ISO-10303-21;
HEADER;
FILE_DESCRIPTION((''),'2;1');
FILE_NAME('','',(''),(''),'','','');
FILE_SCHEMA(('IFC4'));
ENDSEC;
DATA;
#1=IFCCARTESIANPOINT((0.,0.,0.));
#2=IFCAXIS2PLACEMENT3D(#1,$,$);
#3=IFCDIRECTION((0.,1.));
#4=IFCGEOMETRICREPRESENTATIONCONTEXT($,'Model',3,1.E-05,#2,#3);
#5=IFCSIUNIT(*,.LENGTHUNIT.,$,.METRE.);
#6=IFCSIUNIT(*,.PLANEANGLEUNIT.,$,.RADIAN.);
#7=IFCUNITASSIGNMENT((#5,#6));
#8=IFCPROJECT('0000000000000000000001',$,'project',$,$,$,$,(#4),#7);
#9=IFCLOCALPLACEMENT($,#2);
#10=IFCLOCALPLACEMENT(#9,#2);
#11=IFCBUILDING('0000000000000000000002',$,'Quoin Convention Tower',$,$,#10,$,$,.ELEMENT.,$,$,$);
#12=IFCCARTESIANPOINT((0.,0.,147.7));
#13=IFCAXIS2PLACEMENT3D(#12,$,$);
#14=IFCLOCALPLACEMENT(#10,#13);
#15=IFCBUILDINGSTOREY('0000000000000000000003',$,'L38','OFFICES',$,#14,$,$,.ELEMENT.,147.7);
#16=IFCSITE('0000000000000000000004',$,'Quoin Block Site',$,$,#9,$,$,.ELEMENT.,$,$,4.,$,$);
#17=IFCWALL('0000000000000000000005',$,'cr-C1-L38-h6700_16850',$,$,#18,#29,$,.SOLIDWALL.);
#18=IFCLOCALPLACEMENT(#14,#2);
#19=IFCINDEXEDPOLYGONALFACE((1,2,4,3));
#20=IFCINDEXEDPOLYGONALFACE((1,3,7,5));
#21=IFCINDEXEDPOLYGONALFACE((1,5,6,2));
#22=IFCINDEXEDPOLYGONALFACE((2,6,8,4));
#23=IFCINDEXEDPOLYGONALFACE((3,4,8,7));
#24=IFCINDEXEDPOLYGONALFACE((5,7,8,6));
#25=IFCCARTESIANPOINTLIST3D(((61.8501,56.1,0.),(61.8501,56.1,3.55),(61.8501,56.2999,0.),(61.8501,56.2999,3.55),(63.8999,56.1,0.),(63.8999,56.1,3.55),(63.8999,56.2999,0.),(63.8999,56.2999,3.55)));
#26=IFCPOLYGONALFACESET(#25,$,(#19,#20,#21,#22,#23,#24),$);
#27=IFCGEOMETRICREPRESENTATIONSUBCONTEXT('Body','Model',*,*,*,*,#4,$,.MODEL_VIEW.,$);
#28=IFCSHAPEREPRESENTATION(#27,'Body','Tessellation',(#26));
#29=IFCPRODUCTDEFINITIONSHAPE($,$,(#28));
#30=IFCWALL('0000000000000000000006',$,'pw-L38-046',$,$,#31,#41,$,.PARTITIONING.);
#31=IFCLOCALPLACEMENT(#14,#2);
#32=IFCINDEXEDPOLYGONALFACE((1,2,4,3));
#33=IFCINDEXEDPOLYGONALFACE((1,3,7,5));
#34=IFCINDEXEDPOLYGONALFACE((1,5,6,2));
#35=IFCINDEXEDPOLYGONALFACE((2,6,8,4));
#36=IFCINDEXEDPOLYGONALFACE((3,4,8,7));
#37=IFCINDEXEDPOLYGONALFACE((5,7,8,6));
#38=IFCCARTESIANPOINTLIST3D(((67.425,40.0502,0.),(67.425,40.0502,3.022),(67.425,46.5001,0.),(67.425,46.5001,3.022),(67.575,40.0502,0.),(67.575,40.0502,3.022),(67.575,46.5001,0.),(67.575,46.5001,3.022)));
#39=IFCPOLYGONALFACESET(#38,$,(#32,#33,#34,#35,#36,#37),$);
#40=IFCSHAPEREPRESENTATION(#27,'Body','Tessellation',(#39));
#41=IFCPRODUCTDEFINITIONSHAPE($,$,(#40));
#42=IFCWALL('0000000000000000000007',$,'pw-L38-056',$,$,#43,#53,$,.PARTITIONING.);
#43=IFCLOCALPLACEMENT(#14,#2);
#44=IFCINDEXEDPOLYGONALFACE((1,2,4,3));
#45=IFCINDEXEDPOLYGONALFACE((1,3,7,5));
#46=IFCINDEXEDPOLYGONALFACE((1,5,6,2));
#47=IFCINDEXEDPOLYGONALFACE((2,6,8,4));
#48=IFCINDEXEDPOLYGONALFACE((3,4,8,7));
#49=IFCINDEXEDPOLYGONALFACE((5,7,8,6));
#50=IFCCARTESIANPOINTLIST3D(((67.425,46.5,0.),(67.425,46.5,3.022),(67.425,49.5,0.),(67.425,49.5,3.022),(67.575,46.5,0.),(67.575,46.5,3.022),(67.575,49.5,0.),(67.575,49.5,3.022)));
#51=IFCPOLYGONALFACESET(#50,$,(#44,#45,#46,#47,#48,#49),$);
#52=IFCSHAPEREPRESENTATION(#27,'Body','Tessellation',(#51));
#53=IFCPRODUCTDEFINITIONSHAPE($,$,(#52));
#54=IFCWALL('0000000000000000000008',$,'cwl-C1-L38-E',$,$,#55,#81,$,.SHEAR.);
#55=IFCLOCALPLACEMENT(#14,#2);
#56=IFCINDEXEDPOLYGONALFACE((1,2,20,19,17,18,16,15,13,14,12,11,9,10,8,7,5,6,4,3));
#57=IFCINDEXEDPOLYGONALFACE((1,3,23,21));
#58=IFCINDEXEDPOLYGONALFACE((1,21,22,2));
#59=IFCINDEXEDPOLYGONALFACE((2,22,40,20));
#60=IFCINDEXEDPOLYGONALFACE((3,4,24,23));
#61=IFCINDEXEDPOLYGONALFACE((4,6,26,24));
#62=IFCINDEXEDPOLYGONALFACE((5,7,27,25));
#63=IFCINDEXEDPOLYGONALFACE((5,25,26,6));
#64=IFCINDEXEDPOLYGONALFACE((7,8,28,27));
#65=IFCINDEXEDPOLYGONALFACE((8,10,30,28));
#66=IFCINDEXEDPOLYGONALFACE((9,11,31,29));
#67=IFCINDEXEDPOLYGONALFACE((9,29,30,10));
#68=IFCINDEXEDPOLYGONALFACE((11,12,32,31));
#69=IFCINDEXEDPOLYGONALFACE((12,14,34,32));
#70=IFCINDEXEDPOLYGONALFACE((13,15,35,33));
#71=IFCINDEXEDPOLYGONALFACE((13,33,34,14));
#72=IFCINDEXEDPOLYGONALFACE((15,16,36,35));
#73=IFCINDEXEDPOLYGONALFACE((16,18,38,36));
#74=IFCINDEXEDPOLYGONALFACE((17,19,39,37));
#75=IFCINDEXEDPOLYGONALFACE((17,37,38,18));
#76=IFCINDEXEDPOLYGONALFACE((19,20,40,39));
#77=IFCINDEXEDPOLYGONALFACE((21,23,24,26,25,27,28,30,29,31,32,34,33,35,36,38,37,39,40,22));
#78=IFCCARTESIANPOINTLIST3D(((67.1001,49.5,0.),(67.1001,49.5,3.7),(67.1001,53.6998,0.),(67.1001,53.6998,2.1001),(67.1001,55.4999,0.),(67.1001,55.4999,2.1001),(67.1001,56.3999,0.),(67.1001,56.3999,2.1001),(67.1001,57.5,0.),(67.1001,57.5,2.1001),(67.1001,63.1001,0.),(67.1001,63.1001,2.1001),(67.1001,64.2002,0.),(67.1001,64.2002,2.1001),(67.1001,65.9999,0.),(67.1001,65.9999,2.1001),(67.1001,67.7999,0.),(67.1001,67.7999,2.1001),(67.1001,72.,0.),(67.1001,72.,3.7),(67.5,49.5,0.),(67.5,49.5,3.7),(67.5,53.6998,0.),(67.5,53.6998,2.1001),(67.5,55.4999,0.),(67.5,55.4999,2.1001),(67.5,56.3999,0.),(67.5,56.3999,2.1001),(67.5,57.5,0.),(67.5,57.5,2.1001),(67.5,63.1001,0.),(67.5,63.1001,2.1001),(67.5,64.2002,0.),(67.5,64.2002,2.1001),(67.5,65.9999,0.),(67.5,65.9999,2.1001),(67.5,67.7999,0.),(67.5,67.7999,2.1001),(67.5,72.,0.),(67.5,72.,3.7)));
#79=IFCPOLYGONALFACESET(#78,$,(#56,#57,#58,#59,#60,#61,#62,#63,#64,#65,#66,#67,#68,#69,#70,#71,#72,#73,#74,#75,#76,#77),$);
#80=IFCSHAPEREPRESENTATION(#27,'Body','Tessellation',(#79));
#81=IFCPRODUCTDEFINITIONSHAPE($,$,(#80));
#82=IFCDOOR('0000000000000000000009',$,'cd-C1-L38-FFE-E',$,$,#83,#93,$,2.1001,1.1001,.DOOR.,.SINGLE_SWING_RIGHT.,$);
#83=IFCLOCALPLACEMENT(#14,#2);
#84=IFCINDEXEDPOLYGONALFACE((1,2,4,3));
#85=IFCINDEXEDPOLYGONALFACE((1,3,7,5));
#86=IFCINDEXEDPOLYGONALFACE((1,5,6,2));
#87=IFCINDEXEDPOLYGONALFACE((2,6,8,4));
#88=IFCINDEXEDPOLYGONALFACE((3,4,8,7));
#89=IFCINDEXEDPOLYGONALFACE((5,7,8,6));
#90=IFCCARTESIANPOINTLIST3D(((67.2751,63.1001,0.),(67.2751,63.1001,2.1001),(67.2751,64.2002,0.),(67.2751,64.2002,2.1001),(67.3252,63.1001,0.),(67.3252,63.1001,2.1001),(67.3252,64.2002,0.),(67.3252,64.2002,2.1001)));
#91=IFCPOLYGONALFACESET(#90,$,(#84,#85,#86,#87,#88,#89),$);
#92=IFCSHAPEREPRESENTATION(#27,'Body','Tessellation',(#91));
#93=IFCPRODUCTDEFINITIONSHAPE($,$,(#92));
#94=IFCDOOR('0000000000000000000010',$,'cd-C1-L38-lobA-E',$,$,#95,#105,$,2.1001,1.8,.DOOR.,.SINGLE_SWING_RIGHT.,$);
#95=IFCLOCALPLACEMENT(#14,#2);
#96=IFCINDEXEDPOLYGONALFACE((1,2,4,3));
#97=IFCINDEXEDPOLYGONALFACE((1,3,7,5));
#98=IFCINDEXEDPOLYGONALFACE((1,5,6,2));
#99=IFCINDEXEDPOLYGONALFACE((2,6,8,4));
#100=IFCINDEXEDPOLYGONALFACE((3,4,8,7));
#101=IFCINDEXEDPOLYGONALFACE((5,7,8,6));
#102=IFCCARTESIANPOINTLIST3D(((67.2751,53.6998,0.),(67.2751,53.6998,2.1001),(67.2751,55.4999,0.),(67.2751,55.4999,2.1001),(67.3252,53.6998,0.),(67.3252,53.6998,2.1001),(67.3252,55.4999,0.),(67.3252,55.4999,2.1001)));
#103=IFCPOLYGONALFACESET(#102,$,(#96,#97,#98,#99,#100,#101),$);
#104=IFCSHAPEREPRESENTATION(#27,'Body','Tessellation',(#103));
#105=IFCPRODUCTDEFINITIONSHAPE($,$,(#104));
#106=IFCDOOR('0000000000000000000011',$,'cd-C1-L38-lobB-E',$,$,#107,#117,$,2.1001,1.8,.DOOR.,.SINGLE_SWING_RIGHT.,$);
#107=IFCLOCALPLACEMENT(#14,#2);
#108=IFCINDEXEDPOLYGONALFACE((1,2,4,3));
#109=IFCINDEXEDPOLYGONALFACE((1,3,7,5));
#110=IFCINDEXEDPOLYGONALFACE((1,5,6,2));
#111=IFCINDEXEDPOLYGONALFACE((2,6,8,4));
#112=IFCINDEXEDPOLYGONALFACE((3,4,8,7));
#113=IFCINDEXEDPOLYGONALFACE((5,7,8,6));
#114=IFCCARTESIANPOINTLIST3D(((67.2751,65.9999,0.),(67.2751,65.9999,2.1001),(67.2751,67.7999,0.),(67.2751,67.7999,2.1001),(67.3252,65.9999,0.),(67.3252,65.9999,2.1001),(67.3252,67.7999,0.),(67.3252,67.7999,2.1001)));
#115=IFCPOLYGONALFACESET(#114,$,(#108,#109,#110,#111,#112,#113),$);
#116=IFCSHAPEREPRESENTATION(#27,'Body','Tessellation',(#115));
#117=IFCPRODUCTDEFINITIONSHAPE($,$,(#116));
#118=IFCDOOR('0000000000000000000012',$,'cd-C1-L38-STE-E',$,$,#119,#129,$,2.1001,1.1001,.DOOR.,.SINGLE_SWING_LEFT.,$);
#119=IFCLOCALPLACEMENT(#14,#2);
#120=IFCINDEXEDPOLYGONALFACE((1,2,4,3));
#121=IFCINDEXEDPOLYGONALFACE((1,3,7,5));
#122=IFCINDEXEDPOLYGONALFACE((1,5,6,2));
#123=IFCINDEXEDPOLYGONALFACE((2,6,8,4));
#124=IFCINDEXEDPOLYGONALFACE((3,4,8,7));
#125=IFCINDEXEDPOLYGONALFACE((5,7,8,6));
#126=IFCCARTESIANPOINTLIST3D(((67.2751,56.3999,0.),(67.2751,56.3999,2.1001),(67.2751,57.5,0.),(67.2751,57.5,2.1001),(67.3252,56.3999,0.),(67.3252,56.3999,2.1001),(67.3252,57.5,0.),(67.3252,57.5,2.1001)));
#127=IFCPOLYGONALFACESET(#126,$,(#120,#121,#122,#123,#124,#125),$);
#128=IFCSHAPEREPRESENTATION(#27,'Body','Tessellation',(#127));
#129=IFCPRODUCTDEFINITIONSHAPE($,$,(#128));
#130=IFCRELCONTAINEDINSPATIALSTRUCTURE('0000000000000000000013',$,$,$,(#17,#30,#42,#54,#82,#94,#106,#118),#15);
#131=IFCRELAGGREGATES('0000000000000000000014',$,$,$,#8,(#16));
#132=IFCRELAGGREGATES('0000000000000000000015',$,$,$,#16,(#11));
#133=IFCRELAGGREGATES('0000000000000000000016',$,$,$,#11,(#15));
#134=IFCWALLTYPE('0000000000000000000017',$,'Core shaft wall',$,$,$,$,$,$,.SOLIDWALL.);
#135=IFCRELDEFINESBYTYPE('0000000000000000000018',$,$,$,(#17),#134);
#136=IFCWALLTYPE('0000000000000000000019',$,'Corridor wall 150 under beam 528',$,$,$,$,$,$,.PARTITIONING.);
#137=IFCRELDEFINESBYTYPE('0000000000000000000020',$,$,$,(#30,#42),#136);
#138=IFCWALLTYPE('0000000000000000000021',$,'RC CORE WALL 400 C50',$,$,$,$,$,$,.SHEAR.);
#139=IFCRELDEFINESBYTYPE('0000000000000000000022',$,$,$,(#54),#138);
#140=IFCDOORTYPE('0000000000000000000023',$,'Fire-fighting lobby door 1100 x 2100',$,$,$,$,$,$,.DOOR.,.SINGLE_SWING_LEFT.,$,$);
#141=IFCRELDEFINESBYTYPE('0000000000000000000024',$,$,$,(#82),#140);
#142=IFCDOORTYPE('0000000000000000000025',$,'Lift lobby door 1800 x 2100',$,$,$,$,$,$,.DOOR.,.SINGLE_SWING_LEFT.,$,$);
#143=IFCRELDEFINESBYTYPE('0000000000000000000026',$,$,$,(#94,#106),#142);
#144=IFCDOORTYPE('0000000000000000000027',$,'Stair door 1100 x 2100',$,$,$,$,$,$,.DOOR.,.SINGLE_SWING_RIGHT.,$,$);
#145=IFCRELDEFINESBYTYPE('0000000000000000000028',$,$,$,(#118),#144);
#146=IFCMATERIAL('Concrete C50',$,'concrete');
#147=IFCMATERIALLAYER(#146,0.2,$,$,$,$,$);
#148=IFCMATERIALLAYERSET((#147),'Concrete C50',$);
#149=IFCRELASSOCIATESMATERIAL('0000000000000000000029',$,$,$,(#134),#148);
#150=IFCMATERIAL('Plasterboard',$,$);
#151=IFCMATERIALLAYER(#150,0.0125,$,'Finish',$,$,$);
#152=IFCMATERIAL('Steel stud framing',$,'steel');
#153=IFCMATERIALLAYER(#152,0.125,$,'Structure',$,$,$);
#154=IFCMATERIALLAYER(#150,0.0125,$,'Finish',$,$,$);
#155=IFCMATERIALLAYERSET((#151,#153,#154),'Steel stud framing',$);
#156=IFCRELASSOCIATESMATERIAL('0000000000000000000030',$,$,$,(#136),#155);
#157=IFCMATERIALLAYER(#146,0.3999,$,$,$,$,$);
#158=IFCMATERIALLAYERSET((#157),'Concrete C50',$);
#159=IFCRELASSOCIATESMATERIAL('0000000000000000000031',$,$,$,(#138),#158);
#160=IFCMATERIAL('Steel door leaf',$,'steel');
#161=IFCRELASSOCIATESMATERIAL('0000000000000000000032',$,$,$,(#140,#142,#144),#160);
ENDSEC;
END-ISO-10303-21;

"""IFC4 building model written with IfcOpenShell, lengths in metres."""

from ifc_helpers import new_model, si_unit, direction, frame, frame_2d, origin, place, context, subcontext, project, spatial, rectangle, extrude, material, layer, layer_set, type_object, element, fill, save


model = new_model("IFC4")

# Units and contexts
model_context = context("Model", 3, precision=1e-05, world=origin(), true_north=direction((0.0, 1.0)))
body_context = subcontext(model_context, "Body", "Model", "MODEL_VIEW")
ifc_project = project(units=[si_unit("LENGTHUNIT", "METRE"), si_unit("PLANEANGLEUNIT", "RADIAN")], contexts=[model_context])

# Site, building, storey
site_placement = place(None, origin())
site = spatial("IfcSite", under=ifc_project, at=site_placement, Name="Quoin Block Site", CompositionType="ELEMENT", RefElevation=4.0)
building_placement = place(site_placement, origin())
building = spatial("IfcBuilding", under=site, at=building_placement, Name="Quoin Convention Tower", CompositionType="ELEMENT")
storey_placement = place(building_placement, frame((0.0, 0.0, 147.7)))
storey = spatial("IfcBuildingStorey", under=building, at=storey_placement, Name="L38", Description="OFFICES", CompositionType="ELEMENT", Elevation=147.7)

# Shared definitions
ifc_material_1 = material(Name="Concrete C50", Category="concrete")

# Shared definitions
ifc_material_2 = material(Name="Plasterboard")
ifc_material_3 = material(Name="Steel stud framing", Category="steel")
ifc_material_4 = material(Name="Steel door leaf", Category="steel")

# Walls
ifc_layer_1 = layer(ifc_material_1, 0.2)
ifc_layer_set_1 = layer_set([ifc_layer_1], Name="Concrete C50")
wall_type_1 = type_object("IfcWallType", Name="Core shaft wall", PredefinedType="SOLIDWALL", material=ifc_layer_set_1)
wall_1_placement = place(storey_placement, frame((61.8501, 56.2, 0.0), z_axis=(0.0, 0.0, 1.0), x_axis=(1.0, 0.0, 0.0)))
element("IfcWall", 1, at=wall_1_placement, inside=storey, type_object=wall_type_1, Name="cr-C1-L38-h6700_16850", PredefinedType="SOLIDWALL", context=body_context, shape_type="SweptSolid", body=[
    extrude(rectangle(XDim=2.0498, YDim=0.2, at=frame_2d((1.0249, 0.0))), origin(), (0.0, 0.0, 1.0), 3.55),
])
ifc_layer_2 = layer(ifc_material_2, 0.0125, Name="Finish")
ifc_layer_3 = layer(ifc_material_3, 0.125, Name="Structure")
ifc_layer_4 = layer(ifc_material_2, 0.0125, Name="Finish")
ifc_layer_set_2 = layer_set([ifc_layer_2, ifc_layer_3, ifc_layer_4], Name="Steel stud framing")
wall_type_2 = type_object("IfcWallType", Name="Corridor wall 150 under beam 528", PredefinedType="PARTITIONING", material=ifc_layer_set_2)
wall_2_placement = place(storey_placement, frame((67.5, 40.05, 0.0), z_axis=(0.0, 0.0, 1.0), x_axis=(0.0, 1.0, 0.0)))
element("IfcWall", 2, at=wall_2_placement, inside=storey, type_object=wall_type_2, Name="pw-L38-046", PredefinedType="PARTITIONING", context=body_context, shape_type="SweptSolid", body=[
    extrude(rectangle(XDim=6.45, YDim=0.1499, at=frame_2d((3.2251, 0.0))), origin(), (0.0, 0.0, 1.0), 3.022),
])
wall_3_placement = place(storey_placement, frame((67.5, 46.5, 0.0), z_axis=(0.0, 0.0, 1.0), x_axis=(0.0, 1.0, 0.0)))
element("IfcWall", 3, at=wall_3_placement, inside=storey, type_object=wall_type_2, Name="pw-L38-056", PredefinedType="PARTITIONING", context=body_context, shape_type="SweptSolid", body=[
    extrude(rectangle(XDim=3.0, YDim=0.1499, at=frame_2d((1.5, 0.0))), origin(), (0.0, 0.0, 1.0), 3.022),
])

# Wall, openings, doors
ifc_layer_5 = layer(ifc_material_1, 0.3999)
ifc_layer_set_3 = layer_set([ifc_layer_5], Name="Concrete C50")
wall_type_3 = type_object("IfcWallType", Name="RC CORE WALL 400 C50", PredefinedType="SHEAR", material=ifc_layer_set_3)
wall_4_placement = place(storey_placement, frame((67.3, 49.5, 0.0), z_axis=(0.0, 0.0, 1.0), x_axis=(0.0, 1.0, 0.0)))
wall_4 = element("IfcWall", 4, at=wall_4_placement, inside=storey, type_object=wall_type_3, Name="cwl-C1-L38-E", PredefinedType="SHEAR", context=body_context, shape_type="SweptSolid", body=[
    extrude(rectangle(XDim=22.5, YDim=0.3999, at=frame_2d((11.25, 0.0))), origin(), (0.0, 0.0, 1.0), 3.7),
])
opening_1_placement = place(wall_4_placement, frame((4.2, 0.0, 0.0)))
opening_1 = element("IfcOpeningElement", 5, at=opening_1_placement, cuts=wall_4, PredefinedType="OPENING", context=body_context, shape_type="SweptSolid", body=[
    extrude(rectangle(XDim=1.8, YDim=2.1001, at=frame_2d((0.8999, 1.05))), frame((0.0, 0.21, 0.0), z_axis=(0.0, -1.0, 0.0), x_axis=(1.0, 0.0, 0.0)), (0.0, 0.0, 1.0), 0.4199),
])
opening_2_placement = place(wall_4_placement, frame((6.8999, 0.0, 0.0)))
opening_2 = element("IfcOpeningElement", 6, at=opening_2_placement, cuts=wall_4, PredefinedType="OPENING", context=body_context, shape_type="SweptSolid", body=[
    extrude(rectangle(XDim=1.1001, YDim=2.1001, at=frame_2d((0.55, 1.05))), frame((0.0, 0.21, 0.0), z_axis=(0.0, -1.0, 0.0), x_axis=(1.0, 0.0, 0.0)), (0.0, 0.0, 1.0), 0.4199),
])
opening_3_placement = place(wall_4_placement, frame((13.6001, 0.0, 0.0)))
opening_3 = element("IfcOpeningElement", 7, at=opening_3_placement, cuts=wall_4, PredefinedType="OPENING", context=body_context, shape_type="SweptSolid", body=[
    extrude(rectangle(XDim=1.1001, YDim=2.1001, at=frame_2d((0.55, 1.05))), frame((0.0, 0.21, 0.0), z_axis=(0.0, -1.0, 0.0), x_axis=(1.0, 0.0, 0.0)), (0.0, 0.0, 1.0), 0.4199),
])
opening_4_placement = place(wall_4_placement, frame((16.5, 0.0, 0.0)))
opening_4 = element("IfcOpeningElement", 8, at=opening_4_placement, cuts=wall_4, PredefinedType="OPENING", context=body_context, shape_type="SweptSolid", body=[
    extrude(rectangle(XDim=1.8, YDim=2.1001, at=frame_2d((0.8999, 1.05))), frame((0.0, 0.21, 0.0), z_axis=(0.0, -1.0, 0.0), x_axis=(1.0, 0.0, 0.0)), (0.0, 0.0, 1.0), 0.4199),
])
door_type_1 = type_object("IfcDoorType", Name="Fire-fighting lobby door 1100 x 2100", OperationType="SINGLE_SWING_LEFT", PredefinedType="DOOR", material=ifc_material_4)
door_1_placement = place(opening_3_placement, origin())
door_1 = element("IfcDoor", 9, at=door_1_placement, inside=storey, type_object=door_type_1, Name="cd-C1-L38-FFE-E", OperationType="SINGLE_SWING_RIGHT", OverallHeight=2.1001, OverallWidth=1.1001, PredefinedType="DOOR", context=body_context, shape_type="SweptSolid", body=[
    extrude(rectangle(XDim=1.1001, YDim=2.1001, at=frame_2d((0.55, 1.05))), frame((0.0, 0.0249, 0.0), z_axis=(0.0, -1.0, 0.0), x_axis=(1.0, 0.0, 0.0)), (0.0, 0.0, 1.0), 0.05),
])
fill(opening_3, door_1)
door_type_2 = type_object("IfcDoorType", Name="Lift lobby door 1800 x 2100", OperationType="SINGLE_SWING_LEFT", PredefinedType="DOOR", material=ifc_material_4)
door_2_placement = place(opening_1_placement, origin())
door_2 = element("IfcDoor", 10, at=door_2_placement, inside=storey, type_object=door_type_2, Name="cd-C1-L38-lobA-E", OperationType="SINGLE_SWING_RIGHT", OverallHeight=2.1001, OverallWidth=1.8, PredefinedType="DOOR", context=body_context, shape_type="SweptSolid", body=[
    extrude(rectangle(XDim=1.8, YDim=2.1001, at=frame_2d((0.8999, 1.05))), frame((0.0, 0.0249, 0.0), z_axis=(0.0, -1.0, 0.0), x_axis=(1.0, 0.0, 0.0)), (0.0, 0.0, 1.0), 0.05),
])
fill(opening_1, door_2)
door_3_placement = place(opening_4_placement, origin())
door_3 = element("IfcDoor", 11, at=door_3_placement, inside=storey, type_object=door_type_2, Name="cd-C1-L38-lobB-E", OperationType="SINGLE_SWING_RIGHT", OverallHeight=2.1001, OverallWidth=1.8, PredefinedType="DOOR", context=body_context, shape_type="SweptSolid", body=[
    extrude(rectangle(XDim=1.8, YDim=2.1001, at=frame_2d((0.8999, 1.05))), frame((0.0, 0.0249, 0.0), z_axis=(0.0, -1.0, 0.0), x_axis=(1.0, 0.0, 0.0)), (0.0, 0.0, 1.0), 0.05),
])
fill(opening_4, door_3)
door_type_3 = type_object("IfcDoorType", Name="Stair door 1100 x 2100", OperationType="SINGLE_SWING_RIGHT", PredefinedType="DOOR", material=ifc_material_4)
door_4_placement = place(opening_2_placement, origin())
door_4 = element("IfcDoor", 12, at=door_4_placement, inside=storey, type_object=door_type_3, Name="cd-C1-L38-STE-E", OperationType="SINGLE_SWING_LEFT", OverallHeight=2.1001, OverallWidth=1.1001, PredefinedType="DOOR", context=body_context, shape_type="SweptSolid", body=[
    extrude(rectangle(XDim=1.1001, YDim=2.1001, at=frame_2d((0.55, 1.05))), frame((0.0, 0.0249, 0.0), z_axis=(0.0, -1.0, 0.0), x_axis=(1.0, 0.0, 0.0)), (0.0, 0.0, 1.0), 0.05),
])
fill(opening_2, door_4)

save(model, "model.ifc")
